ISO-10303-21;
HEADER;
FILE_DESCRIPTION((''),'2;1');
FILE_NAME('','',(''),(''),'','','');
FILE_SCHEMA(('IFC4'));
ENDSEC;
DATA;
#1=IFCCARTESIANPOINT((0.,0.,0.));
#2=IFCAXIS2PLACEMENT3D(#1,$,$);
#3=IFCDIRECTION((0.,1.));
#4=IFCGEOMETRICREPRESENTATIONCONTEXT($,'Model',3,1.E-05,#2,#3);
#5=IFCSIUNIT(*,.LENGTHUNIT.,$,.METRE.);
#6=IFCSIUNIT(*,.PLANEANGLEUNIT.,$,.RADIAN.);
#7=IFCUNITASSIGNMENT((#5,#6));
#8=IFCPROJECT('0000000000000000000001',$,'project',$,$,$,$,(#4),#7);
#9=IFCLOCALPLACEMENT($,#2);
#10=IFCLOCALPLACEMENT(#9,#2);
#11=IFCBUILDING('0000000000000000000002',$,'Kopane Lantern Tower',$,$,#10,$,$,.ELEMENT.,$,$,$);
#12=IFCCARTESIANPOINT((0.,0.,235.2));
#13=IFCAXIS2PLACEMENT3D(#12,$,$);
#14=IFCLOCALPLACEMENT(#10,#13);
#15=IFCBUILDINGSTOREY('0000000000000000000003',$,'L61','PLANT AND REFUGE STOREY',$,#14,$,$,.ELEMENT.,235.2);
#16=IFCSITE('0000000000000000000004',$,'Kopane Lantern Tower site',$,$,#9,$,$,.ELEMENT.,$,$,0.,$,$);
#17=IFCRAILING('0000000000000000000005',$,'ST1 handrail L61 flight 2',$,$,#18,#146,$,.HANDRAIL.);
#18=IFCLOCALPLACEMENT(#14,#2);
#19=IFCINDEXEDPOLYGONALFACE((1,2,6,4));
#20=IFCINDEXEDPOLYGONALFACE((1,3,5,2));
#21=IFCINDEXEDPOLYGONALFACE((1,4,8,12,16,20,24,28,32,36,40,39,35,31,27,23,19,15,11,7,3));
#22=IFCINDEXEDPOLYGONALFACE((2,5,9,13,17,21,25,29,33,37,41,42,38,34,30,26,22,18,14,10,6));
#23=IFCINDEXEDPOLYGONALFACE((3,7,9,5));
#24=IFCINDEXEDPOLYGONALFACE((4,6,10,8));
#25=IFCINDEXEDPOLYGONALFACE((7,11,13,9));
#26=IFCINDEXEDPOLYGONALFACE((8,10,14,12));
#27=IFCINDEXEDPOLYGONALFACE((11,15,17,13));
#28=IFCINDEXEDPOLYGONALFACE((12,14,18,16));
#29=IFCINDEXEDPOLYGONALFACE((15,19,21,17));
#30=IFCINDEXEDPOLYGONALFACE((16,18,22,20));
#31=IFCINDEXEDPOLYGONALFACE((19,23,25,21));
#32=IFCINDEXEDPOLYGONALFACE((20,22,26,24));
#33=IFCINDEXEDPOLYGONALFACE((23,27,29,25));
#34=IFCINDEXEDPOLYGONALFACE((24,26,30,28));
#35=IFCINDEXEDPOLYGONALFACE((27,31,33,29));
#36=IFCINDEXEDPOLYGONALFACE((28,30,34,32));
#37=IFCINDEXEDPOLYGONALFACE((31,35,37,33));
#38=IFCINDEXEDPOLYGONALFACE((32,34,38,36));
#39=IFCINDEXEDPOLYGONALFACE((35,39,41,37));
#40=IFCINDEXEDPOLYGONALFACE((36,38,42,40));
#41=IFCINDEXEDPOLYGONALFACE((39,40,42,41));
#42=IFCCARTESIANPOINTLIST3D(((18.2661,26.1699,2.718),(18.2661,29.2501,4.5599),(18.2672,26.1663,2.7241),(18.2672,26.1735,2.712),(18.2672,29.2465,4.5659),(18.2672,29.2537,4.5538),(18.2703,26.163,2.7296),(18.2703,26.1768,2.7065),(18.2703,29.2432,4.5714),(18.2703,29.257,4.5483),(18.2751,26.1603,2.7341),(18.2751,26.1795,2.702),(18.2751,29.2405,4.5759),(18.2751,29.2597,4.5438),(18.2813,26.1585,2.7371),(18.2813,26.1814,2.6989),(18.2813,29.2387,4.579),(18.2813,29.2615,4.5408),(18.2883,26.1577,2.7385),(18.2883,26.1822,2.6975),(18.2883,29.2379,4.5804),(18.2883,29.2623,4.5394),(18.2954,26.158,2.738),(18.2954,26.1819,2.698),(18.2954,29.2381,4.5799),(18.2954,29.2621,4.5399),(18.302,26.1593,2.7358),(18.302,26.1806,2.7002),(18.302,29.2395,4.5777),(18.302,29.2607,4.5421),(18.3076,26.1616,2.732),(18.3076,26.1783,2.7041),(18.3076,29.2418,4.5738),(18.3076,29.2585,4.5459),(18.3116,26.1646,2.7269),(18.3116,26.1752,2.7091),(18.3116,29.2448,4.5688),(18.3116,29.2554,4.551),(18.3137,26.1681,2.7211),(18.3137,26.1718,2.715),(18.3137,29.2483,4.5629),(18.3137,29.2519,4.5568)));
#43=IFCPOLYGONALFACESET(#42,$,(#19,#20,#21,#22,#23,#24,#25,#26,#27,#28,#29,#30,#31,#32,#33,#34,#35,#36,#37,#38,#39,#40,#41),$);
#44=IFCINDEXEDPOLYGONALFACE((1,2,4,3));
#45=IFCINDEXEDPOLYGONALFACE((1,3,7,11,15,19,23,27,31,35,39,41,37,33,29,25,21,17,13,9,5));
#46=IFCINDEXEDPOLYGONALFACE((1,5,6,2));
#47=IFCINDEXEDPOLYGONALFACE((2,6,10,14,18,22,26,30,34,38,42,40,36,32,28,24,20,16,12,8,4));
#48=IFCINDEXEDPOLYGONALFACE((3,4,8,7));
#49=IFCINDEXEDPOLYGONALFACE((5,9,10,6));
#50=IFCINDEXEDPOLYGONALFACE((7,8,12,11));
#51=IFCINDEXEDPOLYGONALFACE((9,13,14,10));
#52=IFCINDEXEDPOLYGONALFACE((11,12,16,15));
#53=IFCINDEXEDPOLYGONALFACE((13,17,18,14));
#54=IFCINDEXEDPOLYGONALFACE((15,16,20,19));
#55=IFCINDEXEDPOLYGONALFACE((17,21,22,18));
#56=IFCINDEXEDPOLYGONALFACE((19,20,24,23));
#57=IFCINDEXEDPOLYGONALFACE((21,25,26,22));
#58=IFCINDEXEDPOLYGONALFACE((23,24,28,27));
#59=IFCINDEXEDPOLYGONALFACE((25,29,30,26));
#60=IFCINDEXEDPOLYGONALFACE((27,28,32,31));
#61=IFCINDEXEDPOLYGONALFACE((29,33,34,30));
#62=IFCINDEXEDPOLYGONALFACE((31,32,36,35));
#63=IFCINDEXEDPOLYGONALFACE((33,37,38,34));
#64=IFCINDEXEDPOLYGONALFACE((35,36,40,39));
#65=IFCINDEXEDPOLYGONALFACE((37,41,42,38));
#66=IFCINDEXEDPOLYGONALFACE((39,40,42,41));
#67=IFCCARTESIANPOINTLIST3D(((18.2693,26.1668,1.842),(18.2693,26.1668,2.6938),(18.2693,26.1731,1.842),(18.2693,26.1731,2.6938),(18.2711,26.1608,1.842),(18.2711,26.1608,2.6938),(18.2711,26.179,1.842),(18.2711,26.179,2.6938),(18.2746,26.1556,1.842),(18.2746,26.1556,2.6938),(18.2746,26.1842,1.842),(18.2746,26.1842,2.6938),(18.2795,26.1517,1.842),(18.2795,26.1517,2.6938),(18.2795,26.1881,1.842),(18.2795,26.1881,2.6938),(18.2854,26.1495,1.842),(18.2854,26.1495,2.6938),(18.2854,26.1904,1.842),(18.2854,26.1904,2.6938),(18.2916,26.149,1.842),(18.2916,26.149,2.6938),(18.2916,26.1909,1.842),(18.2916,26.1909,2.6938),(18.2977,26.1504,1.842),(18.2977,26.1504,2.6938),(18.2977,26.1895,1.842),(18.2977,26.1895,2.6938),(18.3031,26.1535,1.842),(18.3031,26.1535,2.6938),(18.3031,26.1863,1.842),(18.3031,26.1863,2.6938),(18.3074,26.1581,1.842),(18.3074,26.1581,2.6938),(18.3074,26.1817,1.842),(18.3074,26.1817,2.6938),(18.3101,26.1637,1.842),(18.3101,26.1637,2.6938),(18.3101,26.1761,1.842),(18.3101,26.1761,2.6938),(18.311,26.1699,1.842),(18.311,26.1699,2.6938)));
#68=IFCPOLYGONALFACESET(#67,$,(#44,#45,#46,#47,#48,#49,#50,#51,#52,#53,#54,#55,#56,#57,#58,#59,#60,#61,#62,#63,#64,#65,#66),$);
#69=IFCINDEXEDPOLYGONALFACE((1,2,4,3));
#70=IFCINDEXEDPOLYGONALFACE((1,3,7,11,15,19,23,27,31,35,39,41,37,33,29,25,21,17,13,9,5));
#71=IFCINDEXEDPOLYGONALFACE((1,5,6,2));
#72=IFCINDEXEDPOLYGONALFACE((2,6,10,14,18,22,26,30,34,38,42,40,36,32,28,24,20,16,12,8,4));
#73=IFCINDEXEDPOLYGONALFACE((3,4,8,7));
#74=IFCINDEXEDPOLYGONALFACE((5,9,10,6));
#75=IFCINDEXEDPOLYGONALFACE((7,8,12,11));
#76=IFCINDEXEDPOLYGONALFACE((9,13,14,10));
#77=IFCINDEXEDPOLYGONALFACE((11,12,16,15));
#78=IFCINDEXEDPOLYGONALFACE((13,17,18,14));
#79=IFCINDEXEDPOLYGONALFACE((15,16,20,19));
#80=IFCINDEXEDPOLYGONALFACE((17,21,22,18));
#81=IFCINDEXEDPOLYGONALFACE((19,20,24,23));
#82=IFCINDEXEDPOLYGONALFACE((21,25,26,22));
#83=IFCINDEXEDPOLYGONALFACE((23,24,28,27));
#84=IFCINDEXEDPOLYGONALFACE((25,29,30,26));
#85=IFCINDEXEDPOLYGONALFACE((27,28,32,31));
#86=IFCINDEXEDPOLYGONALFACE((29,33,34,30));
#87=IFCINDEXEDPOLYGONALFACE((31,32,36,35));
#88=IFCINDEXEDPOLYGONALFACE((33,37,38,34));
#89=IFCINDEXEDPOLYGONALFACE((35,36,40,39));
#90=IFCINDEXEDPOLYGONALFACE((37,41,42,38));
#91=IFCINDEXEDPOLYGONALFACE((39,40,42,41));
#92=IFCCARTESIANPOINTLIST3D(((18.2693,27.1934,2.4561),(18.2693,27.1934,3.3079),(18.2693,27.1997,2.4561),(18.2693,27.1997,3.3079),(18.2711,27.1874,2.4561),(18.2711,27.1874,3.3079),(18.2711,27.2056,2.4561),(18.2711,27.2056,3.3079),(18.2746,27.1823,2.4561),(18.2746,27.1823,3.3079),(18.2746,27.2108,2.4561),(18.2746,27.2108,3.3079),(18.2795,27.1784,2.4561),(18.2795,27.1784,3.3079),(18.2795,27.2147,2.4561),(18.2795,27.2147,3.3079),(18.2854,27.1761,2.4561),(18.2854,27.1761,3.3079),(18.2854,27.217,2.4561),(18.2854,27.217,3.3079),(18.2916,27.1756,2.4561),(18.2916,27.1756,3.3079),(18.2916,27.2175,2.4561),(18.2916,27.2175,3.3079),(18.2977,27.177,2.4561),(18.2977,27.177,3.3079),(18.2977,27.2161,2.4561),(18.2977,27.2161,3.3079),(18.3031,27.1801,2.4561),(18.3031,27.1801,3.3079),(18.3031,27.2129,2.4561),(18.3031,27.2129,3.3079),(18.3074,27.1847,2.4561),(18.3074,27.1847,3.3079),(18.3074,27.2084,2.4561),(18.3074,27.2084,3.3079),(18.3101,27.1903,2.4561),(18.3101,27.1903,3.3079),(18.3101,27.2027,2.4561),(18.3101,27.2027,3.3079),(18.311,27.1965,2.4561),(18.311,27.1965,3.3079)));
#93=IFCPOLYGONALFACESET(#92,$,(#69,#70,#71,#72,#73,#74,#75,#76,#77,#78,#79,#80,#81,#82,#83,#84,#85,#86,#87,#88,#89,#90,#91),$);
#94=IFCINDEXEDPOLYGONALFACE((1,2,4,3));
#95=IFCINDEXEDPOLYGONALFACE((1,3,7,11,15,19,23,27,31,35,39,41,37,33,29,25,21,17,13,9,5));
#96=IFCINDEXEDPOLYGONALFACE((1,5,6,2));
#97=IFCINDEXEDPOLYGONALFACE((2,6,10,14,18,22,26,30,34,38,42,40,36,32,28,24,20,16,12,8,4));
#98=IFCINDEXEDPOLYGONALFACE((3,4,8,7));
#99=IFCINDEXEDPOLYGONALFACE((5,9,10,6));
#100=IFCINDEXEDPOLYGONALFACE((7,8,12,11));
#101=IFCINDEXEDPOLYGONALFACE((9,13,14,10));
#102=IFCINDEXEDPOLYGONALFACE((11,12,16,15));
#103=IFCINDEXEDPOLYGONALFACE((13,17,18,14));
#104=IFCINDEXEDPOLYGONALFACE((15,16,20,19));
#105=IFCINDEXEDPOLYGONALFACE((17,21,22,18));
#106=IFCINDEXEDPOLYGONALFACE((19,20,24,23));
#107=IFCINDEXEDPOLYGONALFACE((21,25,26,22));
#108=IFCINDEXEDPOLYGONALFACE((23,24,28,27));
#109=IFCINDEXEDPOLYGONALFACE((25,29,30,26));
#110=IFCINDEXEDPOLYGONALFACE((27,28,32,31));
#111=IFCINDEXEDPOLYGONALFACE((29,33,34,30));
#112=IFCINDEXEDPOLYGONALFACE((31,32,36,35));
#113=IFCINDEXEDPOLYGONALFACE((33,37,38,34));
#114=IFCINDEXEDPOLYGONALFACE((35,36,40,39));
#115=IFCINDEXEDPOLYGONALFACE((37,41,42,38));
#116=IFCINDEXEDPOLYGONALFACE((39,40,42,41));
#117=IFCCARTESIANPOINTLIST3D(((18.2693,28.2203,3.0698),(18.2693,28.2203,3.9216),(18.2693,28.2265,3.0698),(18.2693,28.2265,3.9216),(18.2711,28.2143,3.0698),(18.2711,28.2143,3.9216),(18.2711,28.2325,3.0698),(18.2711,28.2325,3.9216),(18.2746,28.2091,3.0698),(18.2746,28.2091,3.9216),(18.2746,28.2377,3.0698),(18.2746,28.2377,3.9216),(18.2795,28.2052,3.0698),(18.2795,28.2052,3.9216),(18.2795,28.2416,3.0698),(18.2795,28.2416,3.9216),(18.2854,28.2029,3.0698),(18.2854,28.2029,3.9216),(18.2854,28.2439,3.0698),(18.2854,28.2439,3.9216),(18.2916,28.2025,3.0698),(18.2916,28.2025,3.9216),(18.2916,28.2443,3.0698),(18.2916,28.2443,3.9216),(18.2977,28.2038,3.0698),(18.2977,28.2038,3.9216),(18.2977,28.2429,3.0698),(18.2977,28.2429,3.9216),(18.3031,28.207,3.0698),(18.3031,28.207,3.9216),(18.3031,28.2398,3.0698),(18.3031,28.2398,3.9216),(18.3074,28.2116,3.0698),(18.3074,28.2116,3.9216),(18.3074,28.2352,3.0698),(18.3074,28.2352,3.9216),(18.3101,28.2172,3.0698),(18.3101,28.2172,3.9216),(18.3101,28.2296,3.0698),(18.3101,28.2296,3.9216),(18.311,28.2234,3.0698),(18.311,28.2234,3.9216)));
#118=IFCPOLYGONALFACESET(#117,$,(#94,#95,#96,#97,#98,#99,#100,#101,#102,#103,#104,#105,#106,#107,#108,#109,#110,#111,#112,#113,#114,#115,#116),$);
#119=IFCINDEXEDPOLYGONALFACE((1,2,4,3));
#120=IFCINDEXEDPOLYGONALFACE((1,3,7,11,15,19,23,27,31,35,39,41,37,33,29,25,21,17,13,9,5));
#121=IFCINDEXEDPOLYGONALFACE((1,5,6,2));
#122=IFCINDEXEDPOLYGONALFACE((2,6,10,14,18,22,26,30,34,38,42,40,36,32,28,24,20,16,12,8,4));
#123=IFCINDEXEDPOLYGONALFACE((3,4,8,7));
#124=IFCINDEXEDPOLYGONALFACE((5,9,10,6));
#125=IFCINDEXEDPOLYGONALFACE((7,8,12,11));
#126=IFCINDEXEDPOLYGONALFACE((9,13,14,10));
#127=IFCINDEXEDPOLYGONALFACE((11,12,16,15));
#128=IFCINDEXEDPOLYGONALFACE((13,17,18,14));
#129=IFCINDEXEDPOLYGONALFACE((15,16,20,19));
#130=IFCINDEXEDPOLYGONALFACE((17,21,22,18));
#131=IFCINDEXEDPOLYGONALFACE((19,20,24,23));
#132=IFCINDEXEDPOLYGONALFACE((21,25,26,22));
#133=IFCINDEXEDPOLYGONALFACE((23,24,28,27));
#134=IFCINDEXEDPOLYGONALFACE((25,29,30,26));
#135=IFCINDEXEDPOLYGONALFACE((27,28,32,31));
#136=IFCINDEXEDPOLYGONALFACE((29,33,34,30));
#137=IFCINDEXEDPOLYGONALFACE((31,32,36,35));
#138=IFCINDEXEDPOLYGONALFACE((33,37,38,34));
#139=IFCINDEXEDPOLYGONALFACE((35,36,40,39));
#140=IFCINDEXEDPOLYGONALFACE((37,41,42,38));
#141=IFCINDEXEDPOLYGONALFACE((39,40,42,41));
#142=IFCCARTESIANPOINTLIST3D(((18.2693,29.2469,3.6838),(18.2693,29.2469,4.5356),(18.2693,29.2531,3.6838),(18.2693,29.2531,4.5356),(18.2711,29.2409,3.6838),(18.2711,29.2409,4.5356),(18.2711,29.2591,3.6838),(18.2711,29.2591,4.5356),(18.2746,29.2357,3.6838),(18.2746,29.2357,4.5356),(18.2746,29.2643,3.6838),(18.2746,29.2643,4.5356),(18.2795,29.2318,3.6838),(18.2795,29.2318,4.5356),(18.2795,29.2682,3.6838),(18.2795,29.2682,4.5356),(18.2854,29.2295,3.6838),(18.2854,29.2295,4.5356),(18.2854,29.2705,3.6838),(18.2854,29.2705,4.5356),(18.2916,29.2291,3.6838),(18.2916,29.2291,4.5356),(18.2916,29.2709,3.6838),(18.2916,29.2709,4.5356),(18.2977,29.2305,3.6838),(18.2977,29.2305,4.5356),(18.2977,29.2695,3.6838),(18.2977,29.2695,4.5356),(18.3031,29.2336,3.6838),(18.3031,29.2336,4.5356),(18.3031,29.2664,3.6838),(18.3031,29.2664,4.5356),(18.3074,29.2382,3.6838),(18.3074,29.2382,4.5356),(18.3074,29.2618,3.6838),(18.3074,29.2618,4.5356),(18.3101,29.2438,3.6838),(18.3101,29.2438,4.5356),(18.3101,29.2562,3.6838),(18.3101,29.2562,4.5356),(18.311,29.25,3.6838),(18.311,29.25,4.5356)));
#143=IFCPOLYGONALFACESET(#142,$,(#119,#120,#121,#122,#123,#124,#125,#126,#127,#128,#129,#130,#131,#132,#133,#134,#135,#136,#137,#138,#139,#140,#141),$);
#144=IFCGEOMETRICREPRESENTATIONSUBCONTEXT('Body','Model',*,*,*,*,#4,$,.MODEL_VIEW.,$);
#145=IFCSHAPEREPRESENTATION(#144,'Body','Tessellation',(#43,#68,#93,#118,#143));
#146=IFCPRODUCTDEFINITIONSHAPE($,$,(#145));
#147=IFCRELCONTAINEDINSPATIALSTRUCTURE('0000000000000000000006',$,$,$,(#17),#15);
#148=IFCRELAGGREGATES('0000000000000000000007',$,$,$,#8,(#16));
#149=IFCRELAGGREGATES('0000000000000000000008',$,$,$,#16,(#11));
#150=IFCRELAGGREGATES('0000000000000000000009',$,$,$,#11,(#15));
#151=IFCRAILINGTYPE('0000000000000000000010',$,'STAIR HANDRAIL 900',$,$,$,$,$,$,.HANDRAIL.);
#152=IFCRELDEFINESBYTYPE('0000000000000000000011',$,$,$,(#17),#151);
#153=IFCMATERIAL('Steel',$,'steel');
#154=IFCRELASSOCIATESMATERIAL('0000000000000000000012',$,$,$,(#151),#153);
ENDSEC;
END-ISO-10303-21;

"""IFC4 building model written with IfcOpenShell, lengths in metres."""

from ifc_helpers import new_model, si_unit, direction, frame, origin, origin_2d, place, context, subcontext, project, spatial, circle, extrude, material, type_object, element, save


model = new_model("IFC4")

# Units and contexts
model_context = context("Model", 3, precision=1e-05, world=origin(), true_north=direction((0.0, 1.0)))
body_context = subcontext(model_context, "Body", "Model", "MODEL_VIEW")
ifc_project = project(units=[si_unit("LENGTHUNIT", "METRE"), si_unit("PLANEANGLEUNIT", "RADIAN")], contexts=[model_context])

# Site, building, storey
site_placement = place(None, origin())
site = spatial("IfcSite", under=ifc_project, at=site_placement, Name="Kopane Lantern Tower site", CompositionType="ELEMENT", RefElevation=0.0)
building_placement = place(site_placement, origin())
building = spatial("IfcBuilding", under=site, at=building_placement, Name="Kopane Lantern Tower", CompositionType="ELEMENT")
storey_placement = place(building_placement, frame((0.0, 0.0, 235.2)))
storey = spatial("IfcBuildingStorey", under=building, at=storey_placement, Name="L61", Description="PLANT AND REFUGE STOREY", CompositionType="ELEMENT", Elevation=235.2)

# Railing
ifc_material_1 = material(Name="Steel", Category="steel")
railing_type = type_object("IfcRailingType", Name="STAIR HANDRAIL 900", PredefinedType="HANDRAIL", material=ifc_material_1)
for number, where, name in (
    (1, (18.29, 26.1699, 1.842), "ST1 handrail L61 flight 2"),
):
    element("IfcRailing", number, at=place(storey_placement, frame(where)), inside=storey, type_object=railing_type, Name=name, PredefinedType="HANDRAIL", context=body_context, shape_type="SweptSolid", body=[
        extrude(circle(Radius=0.0239, at=origin_2d()), frame((0.0, 0.0, 0.876), z_axis=(0.0, 0.85826, 0.513215), x_axis=(-1.0, 0.0, 0.0)), (0.0, 0.0, 1.0), 3.5889),
        extrude(circle(Radius=0.021, at=origin_2d()), origin(), (0.0, 0.0, 1.0), 0.8518),
        extrude(circle(Radius=0.021, at=origin_2d()), frame((0.0, 1.0266, 0.614)), (0.0, 0.0, 1.0), 0.8518),
        extrude(circle(Radius=0.021, at=origin_2d()), frame((0.0, 2.0535, 1.2278)), (0.0, 0.0, 1.0), 0.8518),
        extrude(circle(Radius=0.021, at=origin_2d()), frame((0.0, 3.0801, 1.8418)), (0.0, 0.0, 1.0), 0.8518),
    ])

save(model, "model.ifc")
